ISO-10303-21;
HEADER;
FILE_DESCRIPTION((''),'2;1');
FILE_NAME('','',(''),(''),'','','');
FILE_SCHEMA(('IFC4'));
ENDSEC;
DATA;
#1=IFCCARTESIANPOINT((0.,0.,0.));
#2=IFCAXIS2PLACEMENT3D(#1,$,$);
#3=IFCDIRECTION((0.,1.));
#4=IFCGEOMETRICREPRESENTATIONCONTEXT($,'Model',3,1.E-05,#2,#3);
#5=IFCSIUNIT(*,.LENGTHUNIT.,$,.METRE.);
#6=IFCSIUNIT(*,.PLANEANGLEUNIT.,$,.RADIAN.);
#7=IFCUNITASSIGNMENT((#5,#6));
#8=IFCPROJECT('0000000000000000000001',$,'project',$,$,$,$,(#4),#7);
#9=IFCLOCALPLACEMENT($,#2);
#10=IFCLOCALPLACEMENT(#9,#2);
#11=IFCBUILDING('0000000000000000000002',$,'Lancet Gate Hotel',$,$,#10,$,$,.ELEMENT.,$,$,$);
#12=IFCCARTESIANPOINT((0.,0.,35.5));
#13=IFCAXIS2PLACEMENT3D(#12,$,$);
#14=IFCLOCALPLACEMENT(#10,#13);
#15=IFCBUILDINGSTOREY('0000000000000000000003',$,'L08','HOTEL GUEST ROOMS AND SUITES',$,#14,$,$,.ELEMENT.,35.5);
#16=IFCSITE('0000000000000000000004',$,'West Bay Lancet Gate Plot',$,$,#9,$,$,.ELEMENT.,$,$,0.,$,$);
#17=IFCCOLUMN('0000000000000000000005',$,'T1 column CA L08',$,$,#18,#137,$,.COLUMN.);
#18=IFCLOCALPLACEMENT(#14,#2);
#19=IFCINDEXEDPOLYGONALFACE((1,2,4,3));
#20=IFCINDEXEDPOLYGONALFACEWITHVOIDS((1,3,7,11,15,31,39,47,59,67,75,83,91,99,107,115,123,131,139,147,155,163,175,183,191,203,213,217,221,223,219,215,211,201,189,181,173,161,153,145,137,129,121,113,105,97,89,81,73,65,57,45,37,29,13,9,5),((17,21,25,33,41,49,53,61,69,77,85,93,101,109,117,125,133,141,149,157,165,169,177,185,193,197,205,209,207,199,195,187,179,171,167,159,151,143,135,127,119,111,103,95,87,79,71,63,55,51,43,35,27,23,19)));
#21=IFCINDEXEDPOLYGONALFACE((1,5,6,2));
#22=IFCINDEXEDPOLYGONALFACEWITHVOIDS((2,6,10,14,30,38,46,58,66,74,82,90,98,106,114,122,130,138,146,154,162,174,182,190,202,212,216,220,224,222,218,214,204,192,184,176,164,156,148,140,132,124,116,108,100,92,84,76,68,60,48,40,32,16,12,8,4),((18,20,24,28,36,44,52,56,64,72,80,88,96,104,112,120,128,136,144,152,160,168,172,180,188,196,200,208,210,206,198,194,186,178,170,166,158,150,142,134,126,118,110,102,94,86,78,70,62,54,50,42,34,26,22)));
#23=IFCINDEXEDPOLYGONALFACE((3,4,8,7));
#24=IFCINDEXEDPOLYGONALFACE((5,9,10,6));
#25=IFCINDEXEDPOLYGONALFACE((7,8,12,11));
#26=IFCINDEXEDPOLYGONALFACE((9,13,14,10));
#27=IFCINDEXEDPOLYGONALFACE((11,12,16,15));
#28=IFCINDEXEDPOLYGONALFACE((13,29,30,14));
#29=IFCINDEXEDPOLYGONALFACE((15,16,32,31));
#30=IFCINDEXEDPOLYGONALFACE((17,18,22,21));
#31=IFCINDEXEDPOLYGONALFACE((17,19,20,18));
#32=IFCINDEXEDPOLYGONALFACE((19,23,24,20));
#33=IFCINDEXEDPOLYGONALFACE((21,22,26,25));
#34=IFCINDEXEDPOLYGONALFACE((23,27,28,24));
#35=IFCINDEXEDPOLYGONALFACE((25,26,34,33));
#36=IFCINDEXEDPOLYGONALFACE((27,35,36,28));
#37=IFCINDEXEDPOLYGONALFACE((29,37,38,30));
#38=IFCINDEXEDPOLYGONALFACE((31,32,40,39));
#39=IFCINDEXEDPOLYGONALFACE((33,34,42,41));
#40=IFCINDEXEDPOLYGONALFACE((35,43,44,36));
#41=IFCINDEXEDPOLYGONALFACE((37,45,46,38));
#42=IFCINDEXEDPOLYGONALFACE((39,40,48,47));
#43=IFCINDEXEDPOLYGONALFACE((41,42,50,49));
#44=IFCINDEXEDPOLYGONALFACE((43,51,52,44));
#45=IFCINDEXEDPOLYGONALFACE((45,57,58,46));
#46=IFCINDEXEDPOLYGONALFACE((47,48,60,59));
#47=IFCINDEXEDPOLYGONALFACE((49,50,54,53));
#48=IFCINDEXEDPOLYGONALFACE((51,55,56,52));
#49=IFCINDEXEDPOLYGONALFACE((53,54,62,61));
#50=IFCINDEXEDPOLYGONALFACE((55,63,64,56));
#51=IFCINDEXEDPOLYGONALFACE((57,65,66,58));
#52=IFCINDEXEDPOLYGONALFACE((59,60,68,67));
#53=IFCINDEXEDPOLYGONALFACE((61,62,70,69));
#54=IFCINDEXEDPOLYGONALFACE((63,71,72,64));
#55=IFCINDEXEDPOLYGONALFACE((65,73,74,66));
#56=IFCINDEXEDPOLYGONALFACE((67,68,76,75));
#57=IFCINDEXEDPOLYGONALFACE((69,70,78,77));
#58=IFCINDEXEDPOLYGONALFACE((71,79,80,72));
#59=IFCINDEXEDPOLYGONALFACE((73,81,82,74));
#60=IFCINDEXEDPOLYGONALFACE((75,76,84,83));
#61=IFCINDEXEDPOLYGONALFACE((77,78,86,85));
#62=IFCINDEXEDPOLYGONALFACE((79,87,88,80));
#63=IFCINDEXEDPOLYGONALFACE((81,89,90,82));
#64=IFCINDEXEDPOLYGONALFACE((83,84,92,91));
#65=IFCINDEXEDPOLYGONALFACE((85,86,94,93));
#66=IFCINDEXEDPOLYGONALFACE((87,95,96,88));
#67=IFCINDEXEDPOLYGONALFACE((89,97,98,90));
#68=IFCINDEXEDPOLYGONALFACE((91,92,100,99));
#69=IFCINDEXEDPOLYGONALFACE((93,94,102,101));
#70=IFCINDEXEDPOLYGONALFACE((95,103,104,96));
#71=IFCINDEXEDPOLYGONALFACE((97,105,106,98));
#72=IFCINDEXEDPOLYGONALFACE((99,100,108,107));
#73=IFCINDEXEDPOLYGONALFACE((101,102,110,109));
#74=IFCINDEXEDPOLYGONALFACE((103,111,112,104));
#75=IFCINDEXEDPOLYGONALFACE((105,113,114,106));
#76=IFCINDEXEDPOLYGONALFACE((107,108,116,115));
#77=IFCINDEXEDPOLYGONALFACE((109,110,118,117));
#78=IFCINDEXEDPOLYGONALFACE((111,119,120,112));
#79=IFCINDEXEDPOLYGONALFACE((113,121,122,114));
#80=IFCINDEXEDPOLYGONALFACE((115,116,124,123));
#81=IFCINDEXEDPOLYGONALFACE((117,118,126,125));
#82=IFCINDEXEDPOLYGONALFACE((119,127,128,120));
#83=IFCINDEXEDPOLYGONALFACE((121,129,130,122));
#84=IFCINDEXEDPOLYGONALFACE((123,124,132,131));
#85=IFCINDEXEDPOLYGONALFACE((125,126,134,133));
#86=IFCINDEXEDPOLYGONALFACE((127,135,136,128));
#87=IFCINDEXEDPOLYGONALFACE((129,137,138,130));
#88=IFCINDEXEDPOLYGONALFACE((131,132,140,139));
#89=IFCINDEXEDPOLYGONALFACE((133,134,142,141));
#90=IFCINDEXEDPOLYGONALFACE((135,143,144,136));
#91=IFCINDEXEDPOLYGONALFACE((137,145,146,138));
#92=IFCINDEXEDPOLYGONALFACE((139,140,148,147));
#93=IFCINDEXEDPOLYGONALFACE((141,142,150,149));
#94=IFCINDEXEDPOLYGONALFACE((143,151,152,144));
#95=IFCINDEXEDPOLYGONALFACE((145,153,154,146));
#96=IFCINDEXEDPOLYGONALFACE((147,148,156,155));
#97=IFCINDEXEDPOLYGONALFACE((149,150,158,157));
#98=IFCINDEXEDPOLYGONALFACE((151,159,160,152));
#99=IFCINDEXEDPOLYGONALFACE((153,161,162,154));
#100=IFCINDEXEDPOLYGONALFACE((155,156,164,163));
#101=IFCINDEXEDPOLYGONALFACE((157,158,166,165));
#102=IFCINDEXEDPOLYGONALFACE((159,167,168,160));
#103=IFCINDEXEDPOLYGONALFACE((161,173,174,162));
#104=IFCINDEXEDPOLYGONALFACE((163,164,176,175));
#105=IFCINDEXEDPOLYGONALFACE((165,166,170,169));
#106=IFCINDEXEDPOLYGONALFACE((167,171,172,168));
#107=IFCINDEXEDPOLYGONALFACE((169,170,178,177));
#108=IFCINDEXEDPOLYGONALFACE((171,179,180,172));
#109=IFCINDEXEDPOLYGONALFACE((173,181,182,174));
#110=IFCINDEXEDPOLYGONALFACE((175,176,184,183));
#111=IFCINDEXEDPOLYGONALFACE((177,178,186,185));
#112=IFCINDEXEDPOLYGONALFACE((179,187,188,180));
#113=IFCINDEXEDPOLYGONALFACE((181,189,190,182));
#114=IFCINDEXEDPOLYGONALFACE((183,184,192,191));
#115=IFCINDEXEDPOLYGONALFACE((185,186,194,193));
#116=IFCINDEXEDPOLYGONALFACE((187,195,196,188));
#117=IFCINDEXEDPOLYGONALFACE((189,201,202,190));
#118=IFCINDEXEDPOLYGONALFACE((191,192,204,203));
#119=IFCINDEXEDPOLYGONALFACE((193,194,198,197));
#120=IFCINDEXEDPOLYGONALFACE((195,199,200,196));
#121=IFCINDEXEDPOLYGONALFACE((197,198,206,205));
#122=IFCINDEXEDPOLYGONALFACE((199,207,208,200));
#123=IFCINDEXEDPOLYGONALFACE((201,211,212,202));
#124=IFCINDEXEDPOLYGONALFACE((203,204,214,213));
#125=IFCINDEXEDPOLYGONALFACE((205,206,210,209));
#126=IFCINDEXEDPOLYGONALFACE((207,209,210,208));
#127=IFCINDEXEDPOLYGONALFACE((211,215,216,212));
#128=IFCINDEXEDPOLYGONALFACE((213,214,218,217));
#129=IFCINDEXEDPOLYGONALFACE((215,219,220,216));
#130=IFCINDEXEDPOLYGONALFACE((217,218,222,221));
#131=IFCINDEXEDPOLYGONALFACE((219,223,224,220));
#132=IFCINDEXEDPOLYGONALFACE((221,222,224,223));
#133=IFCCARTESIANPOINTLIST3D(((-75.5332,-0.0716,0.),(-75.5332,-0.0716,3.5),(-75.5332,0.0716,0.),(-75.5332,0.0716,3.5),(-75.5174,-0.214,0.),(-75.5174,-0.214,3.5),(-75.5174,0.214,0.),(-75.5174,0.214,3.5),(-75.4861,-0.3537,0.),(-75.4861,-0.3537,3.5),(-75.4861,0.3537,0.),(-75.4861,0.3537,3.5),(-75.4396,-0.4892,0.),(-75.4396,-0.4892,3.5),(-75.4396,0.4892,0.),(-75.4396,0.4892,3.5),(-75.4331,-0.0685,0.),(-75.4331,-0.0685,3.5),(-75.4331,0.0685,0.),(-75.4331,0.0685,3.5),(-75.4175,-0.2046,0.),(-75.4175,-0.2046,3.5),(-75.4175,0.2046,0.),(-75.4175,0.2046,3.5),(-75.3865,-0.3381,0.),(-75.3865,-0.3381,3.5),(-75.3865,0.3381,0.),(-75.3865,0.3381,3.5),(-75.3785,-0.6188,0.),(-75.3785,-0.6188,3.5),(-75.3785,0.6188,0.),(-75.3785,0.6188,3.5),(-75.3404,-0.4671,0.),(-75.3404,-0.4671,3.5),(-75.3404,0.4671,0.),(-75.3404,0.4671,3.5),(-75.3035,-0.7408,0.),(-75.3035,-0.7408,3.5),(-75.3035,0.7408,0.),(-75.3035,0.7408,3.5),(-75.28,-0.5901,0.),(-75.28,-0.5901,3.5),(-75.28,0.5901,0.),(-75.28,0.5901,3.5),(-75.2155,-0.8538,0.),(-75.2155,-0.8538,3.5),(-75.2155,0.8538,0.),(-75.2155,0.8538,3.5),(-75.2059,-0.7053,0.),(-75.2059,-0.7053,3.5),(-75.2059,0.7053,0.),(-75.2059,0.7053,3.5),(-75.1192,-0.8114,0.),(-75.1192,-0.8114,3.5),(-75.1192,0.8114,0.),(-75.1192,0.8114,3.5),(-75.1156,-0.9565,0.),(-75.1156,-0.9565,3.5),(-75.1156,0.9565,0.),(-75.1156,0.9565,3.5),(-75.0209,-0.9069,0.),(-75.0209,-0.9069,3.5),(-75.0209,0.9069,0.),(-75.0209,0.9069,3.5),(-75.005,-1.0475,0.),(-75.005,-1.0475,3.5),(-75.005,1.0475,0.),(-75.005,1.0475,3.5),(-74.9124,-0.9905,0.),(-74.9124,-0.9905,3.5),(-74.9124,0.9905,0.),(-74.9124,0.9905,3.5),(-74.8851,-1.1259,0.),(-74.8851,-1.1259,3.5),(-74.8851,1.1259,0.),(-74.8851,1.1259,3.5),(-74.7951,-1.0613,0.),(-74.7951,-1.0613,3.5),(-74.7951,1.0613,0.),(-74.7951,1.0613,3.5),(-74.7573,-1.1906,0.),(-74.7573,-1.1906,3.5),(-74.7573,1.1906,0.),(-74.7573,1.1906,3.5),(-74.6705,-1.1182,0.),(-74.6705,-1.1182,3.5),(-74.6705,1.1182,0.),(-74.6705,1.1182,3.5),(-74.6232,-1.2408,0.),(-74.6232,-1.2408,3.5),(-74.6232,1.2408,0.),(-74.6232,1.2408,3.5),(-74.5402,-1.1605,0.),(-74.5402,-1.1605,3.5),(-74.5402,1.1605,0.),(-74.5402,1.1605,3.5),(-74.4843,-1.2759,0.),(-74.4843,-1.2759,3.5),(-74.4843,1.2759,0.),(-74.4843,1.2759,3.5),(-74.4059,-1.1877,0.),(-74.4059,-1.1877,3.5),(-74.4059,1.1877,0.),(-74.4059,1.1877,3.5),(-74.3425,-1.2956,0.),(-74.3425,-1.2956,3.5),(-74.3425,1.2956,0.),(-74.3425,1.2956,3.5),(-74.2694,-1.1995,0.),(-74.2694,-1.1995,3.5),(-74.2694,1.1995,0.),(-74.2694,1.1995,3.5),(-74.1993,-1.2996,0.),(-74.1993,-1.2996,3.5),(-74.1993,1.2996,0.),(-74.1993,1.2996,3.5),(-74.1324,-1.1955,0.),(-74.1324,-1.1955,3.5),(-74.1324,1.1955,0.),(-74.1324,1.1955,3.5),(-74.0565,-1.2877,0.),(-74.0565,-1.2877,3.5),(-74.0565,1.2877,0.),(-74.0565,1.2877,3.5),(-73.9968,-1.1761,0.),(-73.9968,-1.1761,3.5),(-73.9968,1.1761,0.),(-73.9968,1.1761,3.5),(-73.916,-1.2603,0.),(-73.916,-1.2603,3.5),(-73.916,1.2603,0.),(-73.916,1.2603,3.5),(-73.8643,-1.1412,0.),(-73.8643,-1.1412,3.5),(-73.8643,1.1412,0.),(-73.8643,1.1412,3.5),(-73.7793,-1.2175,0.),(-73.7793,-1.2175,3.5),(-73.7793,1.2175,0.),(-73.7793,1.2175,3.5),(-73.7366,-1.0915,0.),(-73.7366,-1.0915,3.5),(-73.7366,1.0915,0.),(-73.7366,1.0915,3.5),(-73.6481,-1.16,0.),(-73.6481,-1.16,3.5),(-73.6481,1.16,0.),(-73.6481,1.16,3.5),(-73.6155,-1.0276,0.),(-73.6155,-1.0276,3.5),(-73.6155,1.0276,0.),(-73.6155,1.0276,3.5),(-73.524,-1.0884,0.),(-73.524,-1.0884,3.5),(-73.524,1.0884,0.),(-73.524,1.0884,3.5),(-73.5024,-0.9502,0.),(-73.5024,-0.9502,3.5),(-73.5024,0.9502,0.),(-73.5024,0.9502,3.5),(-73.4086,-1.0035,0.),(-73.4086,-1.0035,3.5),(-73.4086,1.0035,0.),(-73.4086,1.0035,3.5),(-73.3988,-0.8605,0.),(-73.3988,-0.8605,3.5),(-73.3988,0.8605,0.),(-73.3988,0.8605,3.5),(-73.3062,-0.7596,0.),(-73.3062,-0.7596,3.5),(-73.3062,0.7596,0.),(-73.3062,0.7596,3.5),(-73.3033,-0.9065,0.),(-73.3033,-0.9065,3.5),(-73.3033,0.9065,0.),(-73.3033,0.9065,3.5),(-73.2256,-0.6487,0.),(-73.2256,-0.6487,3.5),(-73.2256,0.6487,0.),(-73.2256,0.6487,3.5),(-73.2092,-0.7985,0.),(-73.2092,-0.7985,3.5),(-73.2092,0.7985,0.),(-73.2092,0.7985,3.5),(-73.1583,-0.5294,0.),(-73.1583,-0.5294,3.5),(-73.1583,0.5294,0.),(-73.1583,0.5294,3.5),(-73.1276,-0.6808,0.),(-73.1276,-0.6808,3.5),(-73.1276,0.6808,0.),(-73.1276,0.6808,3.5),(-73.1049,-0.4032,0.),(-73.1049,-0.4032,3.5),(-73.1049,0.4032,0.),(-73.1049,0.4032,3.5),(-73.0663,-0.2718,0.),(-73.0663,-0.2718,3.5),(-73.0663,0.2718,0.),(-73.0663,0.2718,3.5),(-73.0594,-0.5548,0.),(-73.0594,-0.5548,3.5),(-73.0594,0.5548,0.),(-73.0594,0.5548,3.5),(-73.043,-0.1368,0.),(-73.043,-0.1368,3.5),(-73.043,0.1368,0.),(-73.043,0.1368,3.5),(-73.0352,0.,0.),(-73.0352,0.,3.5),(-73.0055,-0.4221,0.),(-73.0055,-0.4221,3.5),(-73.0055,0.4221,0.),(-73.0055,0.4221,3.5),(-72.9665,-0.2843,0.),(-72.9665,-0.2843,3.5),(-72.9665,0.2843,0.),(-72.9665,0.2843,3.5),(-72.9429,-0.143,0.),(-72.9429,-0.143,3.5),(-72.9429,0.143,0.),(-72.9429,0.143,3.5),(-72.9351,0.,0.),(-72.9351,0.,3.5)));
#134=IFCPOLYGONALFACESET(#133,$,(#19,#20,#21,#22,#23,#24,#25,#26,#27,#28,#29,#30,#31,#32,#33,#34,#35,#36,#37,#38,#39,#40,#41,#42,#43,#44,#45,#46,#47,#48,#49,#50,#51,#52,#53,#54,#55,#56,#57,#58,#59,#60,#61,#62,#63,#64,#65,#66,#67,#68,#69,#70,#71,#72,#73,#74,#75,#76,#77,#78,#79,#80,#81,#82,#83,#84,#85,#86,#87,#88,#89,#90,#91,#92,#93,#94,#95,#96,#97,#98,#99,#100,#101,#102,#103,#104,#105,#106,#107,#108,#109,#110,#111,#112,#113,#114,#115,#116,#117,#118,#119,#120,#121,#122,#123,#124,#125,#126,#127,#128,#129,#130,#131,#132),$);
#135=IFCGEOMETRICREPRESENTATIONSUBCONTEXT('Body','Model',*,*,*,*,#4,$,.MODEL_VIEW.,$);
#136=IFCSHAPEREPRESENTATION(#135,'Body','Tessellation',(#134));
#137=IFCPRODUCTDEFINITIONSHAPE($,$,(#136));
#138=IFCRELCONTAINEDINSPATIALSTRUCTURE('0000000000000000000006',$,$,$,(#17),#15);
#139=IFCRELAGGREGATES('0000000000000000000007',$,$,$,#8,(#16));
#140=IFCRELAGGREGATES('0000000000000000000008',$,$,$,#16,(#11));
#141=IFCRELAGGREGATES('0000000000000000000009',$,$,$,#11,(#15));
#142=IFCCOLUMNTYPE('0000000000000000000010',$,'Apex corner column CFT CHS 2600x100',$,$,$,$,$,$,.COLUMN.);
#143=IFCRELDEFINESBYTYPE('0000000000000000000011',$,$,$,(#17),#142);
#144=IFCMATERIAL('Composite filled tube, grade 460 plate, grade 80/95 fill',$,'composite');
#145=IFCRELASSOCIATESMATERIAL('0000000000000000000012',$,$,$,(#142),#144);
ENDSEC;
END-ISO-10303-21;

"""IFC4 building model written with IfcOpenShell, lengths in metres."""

from ifc_helpers import new_model, si_unit, direction, frame, origin, origin_2d, place, context, subcontext, project, spatial, hollow_circle, extrude, material, material_profile, profile_set, type_object, element, save


model = new_model("IFC4")

# Units and contexts
model_context = context("Model", 3, precision=1e-05, world=origin(), true_north=direction((0.0, 1.0)))
body_context = subcontext(model_context, "Body", "Model", "MODEL_VIEW")
ifc_project = project(units=[si_unit("LENGTHUNIT", "METRE"), si_unit("PLANEANGLEUNIT", "RADIAN")], contexts=[model_context])

# Site, building, storey
site_placement = place(None, origin())
site = spatial("IfcSite", under=ifc_project, at=site_placement, Name="West Bay Lancet Gate Plot", CompositionType="ELEMENT", RefElevation=0.0)
building_placement = place(site_placement, origin())
building = spatial("IfcBuilding", under=site, at=building_placement, Name="Lancet Gate Hotel", CompositionType="ELEMENT")
storey_placement = place(building_placement, frame((0.0, 0.0, 35.5)))
storey = spatial("IfcBuildingStorey", under=building, at=storey_placement, Name="L08", Description="HOTEL GUEST ROOMS AND SUITES", CompositionType="ELEMENT", Elevation=35.5)

# Column
ifc_material_1 = material(Name="Composite filled tube, grade 460 plate, grade 80/95 fill", Category="composite")
ifc_material_profile_1 = material_profile(ifc_material_1, hollow_circle(Radius=1.3, WallThickness=0.1001, at=origin_2d()), Name="CHS 2600x100")
ifc_profile_set_1 = profile_set([ifc_material_profile_1], Name="Composite filled tube, grade 460 plate, grade 80/95 fill")
column_type_1 = type_object("IfcColumnType", Name="Apex corner column CFT CHS 2600x100", PredefinedType="COLUMN", material=ifc_profile_set_1)
column_1_placement = place(storey_placement, frame((-74.2351, 0.0, 0.0), z_axis=(0.0, 0.0, 1.0), x_axis=(1.0, 0.0, 0.0)))
element("IfcColumn", 1, at=column_1_placement, inside=storey, type_object=column_type_1, Name="T1 column CA L08", PredefinedType="COLUMN", context=body_context, shape_type="SweptSolid", body=[
    extrude(hollow_circle(Radius=1.3, WallThickness=0.1001, at=origin_2d()), origin(), (0.0, 0.0, 1.0), 3.5),
])

save(model, "model.ifc")
